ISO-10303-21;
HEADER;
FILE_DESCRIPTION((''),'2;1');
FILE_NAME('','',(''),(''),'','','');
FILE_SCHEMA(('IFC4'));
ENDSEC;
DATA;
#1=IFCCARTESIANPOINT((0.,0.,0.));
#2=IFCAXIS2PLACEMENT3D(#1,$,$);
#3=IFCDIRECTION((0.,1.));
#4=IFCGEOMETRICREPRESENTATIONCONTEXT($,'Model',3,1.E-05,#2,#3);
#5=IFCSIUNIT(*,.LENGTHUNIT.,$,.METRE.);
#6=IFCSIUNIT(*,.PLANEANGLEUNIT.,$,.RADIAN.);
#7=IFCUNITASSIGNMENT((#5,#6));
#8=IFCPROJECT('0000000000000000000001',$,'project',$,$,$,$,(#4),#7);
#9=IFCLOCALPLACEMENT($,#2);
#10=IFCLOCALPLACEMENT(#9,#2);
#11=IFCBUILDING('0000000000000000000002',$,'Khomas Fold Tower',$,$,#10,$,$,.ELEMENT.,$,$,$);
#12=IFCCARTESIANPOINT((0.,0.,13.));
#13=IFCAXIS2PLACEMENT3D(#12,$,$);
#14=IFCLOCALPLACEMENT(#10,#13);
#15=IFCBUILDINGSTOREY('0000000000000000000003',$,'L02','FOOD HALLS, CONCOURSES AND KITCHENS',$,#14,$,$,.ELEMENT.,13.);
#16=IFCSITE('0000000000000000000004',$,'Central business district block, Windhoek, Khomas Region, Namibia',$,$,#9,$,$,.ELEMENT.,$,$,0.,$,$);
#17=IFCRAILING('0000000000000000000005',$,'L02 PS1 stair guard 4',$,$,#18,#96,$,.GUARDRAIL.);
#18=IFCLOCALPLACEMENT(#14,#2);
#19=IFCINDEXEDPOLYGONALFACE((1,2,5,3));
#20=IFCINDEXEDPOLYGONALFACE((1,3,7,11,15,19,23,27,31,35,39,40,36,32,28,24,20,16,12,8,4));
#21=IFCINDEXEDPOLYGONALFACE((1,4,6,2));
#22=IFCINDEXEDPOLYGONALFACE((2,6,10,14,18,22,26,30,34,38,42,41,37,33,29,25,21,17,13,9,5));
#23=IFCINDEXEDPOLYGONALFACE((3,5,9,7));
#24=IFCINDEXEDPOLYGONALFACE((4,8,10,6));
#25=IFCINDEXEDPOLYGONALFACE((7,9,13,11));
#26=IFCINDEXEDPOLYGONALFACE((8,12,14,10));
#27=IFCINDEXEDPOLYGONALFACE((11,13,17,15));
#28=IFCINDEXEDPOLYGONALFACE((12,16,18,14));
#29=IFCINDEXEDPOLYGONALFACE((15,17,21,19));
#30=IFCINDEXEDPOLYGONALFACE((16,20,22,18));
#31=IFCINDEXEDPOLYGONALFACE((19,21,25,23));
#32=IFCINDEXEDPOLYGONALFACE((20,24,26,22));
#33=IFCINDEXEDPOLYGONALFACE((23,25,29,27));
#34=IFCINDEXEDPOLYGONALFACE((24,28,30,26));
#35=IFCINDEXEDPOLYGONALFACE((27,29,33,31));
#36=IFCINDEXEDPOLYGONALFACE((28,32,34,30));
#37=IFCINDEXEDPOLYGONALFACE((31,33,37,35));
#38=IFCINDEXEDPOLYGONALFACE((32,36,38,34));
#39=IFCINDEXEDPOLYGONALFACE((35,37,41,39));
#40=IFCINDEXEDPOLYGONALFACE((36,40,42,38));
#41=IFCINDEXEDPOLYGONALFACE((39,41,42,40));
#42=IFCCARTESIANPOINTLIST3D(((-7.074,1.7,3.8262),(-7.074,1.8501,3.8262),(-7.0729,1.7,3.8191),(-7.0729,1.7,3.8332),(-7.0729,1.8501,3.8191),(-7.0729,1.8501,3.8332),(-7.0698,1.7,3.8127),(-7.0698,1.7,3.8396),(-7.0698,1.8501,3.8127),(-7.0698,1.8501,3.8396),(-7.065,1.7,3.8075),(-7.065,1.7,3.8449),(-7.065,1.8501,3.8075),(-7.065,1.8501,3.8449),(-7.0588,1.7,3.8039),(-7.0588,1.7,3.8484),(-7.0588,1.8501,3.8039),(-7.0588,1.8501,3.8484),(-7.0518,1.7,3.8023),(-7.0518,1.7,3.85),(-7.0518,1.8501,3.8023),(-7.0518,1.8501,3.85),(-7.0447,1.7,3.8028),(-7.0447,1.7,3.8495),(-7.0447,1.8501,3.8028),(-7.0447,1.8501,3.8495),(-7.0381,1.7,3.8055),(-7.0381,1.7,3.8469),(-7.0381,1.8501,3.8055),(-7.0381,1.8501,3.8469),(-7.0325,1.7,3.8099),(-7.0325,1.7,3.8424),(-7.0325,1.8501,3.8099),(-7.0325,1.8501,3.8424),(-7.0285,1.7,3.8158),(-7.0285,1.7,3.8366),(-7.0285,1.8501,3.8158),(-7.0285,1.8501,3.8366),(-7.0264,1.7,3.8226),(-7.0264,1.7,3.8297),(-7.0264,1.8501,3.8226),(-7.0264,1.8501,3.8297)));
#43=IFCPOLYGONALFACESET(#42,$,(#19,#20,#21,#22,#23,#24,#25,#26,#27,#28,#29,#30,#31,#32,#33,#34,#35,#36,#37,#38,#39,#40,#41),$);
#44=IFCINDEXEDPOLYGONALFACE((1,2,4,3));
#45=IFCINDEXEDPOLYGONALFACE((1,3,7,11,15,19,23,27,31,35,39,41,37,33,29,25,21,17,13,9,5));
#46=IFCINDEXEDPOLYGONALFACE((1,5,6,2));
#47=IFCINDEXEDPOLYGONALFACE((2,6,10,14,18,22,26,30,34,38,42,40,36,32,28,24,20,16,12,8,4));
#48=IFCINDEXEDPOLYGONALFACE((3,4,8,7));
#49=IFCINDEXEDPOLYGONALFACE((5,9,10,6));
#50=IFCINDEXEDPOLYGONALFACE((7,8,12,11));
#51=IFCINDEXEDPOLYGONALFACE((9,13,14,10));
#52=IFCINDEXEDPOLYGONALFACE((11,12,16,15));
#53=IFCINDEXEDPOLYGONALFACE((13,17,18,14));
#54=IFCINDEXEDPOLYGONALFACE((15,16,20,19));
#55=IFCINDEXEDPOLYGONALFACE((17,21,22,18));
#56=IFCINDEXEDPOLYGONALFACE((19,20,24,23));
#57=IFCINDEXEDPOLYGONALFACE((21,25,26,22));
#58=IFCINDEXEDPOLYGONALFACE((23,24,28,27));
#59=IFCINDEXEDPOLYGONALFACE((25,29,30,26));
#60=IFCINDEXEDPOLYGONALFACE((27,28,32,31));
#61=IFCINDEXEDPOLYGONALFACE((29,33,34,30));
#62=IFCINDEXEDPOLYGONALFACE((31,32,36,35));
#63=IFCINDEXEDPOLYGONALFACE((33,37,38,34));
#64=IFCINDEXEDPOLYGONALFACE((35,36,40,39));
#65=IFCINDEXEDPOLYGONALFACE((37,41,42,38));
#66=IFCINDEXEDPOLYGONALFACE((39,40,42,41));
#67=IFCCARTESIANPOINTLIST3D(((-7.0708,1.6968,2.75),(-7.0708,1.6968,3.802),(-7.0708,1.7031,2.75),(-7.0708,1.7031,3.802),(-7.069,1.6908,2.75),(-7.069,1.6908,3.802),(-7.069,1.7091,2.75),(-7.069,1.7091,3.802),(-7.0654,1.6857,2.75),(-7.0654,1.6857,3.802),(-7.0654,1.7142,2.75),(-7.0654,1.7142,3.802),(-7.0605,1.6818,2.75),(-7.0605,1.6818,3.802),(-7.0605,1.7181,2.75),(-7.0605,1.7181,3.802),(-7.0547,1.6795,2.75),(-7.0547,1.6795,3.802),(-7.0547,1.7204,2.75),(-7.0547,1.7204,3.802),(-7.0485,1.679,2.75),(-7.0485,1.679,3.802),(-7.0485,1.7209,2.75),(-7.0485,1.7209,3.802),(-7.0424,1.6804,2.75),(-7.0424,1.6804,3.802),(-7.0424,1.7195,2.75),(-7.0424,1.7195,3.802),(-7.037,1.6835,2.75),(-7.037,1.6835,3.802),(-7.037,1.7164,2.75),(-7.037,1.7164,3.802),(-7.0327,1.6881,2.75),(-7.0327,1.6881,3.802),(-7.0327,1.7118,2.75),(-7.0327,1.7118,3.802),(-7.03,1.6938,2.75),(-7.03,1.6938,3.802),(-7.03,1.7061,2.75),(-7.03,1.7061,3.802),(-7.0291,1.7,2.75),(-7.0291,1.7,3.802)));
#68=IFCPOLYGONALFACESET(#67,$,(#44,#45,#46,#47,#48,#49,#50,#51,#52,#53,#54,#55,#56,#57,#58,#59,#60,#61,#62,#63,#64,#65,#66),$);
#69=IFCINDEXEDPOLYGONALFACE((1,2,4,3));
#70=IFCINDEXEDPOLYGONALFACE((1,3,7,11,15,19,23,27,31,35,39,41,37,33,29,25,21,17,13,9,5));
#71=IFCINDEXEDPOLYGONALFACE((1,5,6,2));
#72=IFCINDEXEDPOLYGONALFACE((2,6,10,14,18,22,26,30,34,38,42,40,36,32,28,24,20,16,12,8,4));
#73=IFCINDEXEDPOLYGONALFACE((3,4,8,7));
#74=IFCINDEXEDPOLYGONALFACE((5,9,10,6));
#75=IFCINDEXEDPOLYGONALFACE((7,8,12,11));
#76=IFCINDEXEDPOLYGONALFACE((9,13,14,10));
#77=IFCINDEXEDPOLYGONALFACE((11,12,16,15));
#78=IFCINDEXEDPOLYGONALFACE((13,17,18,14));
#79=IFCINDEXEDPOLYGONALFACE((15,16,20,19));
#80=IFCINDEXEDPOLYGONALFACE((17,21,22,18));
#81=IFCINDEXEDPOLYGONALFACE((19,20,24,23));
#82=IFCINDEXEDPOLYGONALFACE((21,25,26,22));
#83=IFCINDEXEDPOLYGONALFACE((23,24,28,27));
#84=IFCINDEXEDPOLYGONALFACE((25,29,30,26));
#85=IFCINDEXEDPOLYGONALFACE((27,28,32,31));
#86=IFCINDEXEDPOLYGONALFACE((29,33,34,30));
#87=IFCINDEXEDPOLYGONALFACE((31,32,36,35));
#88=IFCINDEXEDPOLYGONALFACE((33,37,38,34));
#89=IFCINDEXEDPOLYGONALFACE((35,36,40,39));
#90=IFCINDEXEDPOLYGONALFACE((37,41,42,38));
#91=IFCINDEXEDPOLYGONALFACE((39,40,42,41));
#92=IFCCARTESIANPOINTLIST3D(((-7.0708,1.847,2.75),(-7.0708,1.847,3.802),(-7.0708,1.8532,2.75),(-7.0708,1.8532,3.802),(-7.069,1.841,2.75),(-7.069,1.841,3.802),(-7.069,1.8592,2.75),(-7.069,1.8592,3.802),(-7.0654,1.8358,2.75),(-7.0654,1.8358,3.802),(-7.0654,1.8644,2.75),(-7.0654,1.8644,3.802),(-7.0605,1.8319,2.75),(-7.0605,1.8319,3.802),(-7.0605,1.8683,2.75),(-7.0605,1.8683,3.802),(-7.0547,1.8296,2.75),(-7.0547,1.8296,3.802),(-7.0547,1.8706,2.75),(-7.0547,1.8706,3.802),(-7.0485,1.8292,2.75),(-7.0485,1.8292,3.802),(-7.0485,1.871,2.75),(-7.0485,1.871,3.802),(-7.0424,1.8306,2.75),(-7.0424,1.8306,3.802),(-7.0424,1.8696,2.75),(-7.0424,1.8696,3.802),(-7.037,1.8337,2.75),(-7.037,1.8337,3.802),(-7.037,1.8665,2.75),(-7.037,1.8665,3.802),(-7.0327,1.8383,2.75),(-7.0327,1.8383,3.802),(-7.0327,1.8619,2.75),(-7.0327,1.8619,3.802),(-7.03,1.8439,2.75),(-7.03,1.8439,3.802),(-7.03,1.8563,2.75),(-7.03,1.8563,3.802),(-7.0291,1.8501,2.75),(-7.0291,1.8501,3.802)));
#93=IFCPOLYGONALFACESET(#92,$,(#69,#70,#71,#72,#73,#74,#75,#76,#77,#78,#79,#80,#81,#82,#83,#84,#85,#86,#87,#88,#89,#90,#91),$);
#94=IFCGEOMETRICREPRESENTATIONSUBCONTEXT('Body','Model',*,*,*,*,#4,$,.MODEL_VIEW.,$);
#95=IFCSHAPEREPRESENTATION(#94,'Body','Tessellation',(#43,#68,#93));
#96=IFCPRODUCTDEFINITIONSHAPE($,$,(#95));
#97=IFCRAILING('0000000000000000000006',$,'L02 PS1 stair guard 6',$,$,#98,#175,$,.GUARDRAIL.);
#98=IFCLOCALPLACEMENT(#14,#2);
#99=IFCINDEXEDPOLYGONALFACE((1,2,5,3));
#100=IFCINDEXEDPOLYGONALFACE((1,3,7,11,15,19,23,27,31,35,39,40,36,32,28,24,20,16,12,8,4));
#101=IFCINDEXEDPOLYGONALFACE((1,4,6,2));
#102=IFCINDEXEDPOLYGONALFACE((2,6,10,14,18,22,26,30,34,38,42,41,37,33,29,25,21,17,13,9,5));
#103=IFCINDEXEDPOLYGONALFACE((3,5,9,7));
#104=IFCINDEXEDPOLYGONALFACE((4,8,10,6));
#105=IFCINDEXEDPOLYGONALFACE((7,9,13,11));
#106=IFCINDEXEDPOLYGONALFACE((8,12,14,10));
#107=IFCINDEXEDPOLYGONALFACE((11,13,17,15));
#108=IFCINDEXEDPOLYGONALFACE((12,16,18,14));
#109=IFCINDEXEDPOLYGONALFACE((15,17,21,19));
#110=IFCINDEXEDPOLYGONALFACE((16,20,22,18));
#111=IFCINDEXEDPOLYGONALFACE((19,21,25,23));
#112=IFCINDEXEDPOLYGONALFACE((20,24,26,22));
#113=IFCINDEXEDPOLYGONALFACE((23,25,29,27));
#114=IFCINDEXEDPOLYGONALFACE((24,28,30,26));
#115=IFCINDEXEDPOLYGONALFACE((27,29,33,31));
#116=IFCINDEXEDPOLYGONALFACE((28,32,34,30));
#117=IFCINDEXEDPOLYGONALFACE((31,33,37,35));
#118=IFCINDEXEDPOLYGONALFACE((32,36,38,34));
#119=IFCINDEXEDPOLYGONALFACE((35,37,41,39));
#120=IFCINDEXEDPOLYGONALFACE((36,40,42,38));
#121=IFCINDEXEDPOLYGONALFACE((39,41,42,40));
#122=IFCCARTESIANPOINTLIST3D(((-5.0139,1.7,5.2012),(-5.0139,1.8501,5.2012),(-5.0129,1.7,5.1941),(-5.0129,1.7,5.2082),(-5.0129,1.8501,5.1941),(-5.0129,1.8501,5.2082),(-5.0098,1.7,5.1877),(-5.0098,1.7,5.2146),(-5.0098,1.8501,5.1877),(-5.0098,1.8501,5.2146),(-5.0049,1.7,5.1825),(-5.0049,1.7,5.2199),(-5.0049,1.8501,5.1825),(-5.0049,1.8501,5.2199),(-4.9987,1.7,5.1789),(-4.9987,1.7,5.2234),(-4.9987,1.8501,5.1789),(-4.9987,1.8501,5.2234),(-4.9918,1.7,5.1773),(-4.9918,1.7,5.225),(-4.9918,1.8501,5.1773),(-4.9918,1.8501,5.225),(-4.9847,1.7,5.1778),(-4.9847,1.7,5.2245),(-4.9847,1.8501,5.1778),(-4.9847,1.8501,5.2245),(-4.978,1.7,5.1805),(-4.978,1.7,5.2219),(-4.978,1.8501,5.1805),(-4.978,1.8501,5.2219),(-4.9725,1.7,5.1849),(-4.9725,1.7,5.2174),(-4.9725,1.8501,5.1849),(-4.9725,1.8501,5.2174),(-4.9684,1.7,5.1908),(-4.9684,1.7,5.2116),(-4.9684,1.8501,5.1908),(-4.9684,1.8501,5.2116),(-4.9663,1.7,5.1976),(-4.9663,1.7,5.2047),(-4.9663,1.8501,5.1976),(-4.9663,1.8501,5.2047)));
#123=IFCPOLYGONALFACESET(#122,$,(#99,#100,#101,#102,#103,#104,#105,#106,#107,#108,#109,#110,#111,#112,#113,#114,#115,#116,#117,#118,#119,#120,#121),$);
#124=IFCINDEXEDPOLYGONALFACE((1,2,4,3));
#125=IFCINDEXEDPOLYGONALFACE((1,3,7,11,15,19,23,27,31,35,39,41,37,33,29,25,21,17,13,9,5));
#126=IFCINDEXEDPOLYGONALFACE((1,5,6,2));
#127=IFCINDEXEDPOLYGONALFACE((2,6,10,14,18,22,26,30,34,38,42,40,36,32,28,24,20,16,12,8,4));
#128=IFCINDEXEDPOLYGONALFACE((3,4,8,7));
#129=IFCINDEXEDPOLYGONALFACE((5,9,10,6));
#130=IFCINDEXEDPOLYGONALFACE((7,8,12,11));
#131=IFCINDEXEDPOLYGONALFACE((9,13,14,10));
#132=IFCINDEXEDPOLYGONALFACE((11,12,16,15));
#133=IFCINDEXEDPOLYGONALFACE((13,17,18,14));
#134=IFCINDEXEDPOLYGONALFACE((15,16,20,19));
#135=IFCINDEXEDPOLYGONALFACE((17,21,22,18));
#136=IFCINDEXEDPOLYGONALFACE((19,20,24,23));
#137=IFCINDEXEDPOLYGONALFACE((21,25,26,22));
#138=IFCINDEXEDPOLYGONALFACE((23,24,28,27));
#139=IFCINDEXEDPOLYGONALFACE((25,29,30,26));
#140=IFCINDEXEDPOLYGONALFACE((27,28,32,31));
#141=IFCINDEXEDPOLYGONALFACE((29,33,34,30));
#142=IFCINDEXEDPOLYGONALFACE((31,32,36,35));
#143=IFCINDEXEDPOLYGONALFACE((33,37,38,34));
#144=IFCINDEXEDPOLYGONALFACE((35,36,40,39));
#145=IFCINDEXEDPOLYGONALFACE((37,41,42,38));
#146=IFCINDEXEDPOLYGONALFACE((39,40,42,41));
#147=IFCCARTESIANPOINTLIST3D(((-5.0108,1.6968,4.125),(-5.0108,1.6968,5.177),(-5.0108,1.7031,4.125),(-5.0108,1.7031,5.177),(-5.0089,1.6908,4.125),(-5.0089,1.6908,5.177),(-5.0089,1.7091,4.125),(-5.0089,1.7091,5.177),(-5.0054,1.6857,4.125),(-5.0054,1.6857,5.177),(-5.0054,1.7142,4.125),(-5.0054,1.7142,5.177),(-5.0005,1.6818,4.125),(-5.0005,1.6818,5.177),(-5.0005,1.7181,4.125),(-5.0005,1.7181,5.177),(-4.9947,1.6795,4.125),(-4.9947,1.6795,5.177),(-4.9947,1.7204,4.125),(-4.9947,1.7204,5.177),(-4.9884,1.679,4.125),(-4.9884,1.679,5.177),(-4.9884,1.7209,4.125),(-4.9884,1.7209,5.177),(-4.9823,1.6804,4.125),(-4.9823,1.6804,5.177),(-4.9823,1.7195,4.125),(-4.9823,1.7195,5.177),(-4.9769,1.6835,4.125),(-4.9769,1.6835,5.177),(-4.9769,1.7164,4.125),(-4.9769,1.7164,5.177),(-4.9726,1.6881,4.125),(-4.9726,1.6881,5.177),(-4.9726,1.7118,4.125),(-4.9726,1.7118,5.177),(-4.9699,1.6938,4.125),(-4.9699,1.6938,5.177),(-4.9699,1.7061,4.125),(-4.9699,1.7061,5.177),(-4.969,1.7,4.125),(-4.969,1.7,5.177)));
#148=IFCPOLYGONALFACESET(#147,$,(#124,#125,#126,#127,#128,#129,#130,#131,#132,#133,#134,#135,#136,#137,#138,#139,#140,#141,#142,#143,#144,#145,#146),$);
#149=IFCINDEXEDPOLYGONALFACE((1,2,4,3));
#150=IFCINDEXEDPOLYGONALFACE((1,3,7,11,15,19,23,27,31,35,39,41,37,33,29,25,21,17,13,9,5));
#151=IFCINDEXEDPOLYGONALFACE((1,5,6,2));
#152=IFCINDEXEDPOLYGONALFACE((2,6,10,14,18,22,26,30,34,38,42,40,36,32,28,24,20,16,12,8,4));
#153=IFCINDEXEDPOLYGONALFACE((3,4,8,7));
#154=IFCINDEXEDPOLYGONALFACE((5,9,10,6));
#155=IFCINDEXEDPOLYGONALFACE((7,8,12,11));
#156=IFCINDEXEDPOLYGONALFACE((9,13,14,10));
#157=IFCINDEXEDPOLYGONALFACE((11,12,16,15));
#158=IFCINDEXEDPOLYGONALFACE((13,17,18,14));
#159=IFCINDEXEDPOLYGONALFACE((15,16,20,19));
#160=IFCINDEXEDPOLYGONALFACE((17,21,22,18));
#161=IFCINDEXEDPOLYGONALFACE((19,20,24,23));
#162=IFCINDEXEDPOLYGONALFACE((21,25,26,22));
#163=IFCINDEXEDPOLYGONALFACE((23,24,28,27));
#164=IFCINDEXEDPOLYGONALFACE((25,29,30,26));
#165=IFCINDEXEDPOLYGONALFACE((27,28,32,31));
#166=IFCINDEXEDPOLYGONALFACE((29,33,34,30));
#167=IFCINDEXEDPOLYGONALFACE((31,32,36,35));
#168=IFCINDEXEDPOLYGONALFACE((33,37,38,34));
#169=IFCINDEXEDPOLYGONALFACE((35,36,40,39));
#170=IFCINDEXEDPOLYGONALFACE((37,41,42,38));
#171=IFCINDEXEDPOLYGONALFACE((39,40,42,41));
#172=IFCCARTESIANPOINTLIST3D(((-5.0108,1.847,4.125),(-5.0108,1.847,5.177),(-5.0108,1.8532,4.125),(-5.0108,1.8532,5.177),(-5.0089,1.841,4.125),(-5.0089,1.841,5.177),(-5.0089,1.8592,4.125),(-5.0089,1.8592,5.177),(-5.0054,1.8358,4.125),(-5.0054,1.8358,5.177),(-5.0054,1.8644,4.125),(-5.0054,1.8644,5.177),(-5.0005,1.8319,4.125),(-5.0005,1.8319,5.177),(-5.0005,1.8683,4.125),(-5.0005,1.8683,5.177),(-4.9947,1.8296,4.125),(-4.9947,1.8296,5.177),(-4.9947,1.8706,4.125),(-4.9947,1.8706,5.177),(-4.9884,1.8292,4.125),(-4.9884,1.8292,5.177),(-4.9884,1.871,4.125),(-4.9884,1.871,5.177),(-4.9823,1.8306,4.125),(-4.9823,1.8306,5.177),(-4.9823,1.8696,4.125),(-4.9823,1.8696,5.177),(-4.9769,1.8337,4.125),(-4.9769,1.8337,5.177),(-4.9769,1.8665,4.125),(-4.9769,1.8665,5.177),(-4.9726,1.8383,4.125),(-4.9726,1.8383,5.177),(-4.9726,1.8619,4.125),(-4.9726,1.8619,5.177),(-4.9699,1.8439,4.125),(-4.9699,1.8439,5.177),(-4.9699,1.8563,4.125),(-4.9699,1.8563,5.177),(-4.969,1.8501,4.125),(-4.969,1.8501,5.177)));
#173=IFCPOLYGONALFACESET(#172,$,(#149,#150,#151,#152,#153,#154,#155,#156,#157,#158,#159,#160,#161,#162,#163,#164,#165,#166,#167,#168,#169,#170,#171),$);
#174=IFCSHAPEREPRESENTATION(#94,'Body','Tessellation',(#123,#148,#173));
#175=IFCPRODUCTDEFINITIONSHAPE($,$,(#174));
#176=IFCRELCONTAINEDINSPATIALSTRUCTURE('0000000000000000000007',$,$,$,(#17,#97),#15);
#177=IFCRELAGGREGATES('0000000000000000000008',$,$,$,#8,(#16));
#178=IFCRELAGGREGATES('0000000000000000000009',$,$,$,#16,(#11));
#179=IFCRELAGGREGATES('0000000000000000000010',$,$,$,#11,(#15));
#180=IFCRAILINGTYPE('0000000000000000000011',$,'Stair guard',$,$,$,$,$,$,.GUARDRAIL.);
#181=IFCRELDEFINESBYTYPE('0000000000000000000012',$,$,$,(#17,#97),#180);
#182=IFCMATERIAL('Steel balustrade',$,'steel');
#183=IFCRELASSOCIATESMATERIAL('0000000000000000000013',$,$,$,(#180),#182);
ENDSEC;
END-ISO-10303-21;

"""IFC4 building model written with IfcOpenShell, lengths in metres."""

from ifc_helpers import new_model, si_unit, direction, frame, origin, origin_2d, place, context, subcontext, project, spatial, circle, extrude, source, transform, mapped, material, type_object, element, save


model = new_model("IFC4")

# Units and contexts
model_context = context("Model", 3, precision=1e-05, world=origin(), true_north=direction((0.0, 1.0)))
body_context = subcontext(model_context, "Body", "Model", "MODEL_VIEW")
ifc_project = project(units=[si_unit("LENGTHUNIT", "METRE"), si_unit("PLANEANGLEUNIT", "RADIAN")], contexts=[model_context])

# Site, building, storey
site_placement = place(None, origin())
site = spatial("IfcSite", under=ifc_project, at=site_placement, Name="Central business district block, Windhoek, Khomas Region, Namibia", CompositionType="ELEMENT", RefElevation=0.0)
building_placement = place(site_placement, origin())
building = spatial("IfcBuilding", under=site, at=building_placement, Name="Khomas Fold Tower", CompositionType="ELEMENT")
storey_placement = place(building_placement, frame((0.0, 0.0, 13.0)))
storey = spatial("IfcBuildingStorey", under=building, at=storey_placement, Name="L02", Description="FOOD HALLS, CONCOURSES AND KITCHENS", CompositionType="ELEMENT", Elevation=13.0)

# Railings
ifc_material_1 = material(Name="Steel balustrade", Category="steel")
railing_type_1 = type_object("IfcRailingType", Name="Stair guard", PredefinedType="GUARDRAIL", material=ifc_material_1)
shared_shape_1 = source(origin(), body_context, "Body", "SweptSolid", [
    extrude(circle(Radius=0.0239, at=origin_2d()), frame((0.0, 0.0, 1.0762), z_axis=(0.0, 1.0, 0.0), x_axis=(-1.0, 0.0, 0.0)), (0.0, 0.0, 1.0), 0.1501),
    extrude(circle(Radius=0.021, at=origin_2d()), origin(), (0.0, 0.0, 1.0), 1.052),
    extrude(circle(Radius=0.021, at=origin_2d()), frame((0.0, 0.1501, 0.0)), (0.0, 0.0, 1.0), 1.052),
])
for number, where, name in (
    (1, (-7.05, 1.7, 2.75), "L02 PS1 stair guard 4"),
    (2, (-4.99, 1.7, 4.125), "L02 PS1 stair guard 6"),
):
    element("IfcRailing", number, at=place(storey_placement, frame(where)), inside=storey, type_object=railing_type_1, Name=name, PredefinedType="GUARDRAIL", context=body_context, shape_type="MappedRepresentation", body=[
        mapped(shared_shape_1, transform((0.0, 0.0, 0.0))),
    ])

save(model, "model.ifc")
